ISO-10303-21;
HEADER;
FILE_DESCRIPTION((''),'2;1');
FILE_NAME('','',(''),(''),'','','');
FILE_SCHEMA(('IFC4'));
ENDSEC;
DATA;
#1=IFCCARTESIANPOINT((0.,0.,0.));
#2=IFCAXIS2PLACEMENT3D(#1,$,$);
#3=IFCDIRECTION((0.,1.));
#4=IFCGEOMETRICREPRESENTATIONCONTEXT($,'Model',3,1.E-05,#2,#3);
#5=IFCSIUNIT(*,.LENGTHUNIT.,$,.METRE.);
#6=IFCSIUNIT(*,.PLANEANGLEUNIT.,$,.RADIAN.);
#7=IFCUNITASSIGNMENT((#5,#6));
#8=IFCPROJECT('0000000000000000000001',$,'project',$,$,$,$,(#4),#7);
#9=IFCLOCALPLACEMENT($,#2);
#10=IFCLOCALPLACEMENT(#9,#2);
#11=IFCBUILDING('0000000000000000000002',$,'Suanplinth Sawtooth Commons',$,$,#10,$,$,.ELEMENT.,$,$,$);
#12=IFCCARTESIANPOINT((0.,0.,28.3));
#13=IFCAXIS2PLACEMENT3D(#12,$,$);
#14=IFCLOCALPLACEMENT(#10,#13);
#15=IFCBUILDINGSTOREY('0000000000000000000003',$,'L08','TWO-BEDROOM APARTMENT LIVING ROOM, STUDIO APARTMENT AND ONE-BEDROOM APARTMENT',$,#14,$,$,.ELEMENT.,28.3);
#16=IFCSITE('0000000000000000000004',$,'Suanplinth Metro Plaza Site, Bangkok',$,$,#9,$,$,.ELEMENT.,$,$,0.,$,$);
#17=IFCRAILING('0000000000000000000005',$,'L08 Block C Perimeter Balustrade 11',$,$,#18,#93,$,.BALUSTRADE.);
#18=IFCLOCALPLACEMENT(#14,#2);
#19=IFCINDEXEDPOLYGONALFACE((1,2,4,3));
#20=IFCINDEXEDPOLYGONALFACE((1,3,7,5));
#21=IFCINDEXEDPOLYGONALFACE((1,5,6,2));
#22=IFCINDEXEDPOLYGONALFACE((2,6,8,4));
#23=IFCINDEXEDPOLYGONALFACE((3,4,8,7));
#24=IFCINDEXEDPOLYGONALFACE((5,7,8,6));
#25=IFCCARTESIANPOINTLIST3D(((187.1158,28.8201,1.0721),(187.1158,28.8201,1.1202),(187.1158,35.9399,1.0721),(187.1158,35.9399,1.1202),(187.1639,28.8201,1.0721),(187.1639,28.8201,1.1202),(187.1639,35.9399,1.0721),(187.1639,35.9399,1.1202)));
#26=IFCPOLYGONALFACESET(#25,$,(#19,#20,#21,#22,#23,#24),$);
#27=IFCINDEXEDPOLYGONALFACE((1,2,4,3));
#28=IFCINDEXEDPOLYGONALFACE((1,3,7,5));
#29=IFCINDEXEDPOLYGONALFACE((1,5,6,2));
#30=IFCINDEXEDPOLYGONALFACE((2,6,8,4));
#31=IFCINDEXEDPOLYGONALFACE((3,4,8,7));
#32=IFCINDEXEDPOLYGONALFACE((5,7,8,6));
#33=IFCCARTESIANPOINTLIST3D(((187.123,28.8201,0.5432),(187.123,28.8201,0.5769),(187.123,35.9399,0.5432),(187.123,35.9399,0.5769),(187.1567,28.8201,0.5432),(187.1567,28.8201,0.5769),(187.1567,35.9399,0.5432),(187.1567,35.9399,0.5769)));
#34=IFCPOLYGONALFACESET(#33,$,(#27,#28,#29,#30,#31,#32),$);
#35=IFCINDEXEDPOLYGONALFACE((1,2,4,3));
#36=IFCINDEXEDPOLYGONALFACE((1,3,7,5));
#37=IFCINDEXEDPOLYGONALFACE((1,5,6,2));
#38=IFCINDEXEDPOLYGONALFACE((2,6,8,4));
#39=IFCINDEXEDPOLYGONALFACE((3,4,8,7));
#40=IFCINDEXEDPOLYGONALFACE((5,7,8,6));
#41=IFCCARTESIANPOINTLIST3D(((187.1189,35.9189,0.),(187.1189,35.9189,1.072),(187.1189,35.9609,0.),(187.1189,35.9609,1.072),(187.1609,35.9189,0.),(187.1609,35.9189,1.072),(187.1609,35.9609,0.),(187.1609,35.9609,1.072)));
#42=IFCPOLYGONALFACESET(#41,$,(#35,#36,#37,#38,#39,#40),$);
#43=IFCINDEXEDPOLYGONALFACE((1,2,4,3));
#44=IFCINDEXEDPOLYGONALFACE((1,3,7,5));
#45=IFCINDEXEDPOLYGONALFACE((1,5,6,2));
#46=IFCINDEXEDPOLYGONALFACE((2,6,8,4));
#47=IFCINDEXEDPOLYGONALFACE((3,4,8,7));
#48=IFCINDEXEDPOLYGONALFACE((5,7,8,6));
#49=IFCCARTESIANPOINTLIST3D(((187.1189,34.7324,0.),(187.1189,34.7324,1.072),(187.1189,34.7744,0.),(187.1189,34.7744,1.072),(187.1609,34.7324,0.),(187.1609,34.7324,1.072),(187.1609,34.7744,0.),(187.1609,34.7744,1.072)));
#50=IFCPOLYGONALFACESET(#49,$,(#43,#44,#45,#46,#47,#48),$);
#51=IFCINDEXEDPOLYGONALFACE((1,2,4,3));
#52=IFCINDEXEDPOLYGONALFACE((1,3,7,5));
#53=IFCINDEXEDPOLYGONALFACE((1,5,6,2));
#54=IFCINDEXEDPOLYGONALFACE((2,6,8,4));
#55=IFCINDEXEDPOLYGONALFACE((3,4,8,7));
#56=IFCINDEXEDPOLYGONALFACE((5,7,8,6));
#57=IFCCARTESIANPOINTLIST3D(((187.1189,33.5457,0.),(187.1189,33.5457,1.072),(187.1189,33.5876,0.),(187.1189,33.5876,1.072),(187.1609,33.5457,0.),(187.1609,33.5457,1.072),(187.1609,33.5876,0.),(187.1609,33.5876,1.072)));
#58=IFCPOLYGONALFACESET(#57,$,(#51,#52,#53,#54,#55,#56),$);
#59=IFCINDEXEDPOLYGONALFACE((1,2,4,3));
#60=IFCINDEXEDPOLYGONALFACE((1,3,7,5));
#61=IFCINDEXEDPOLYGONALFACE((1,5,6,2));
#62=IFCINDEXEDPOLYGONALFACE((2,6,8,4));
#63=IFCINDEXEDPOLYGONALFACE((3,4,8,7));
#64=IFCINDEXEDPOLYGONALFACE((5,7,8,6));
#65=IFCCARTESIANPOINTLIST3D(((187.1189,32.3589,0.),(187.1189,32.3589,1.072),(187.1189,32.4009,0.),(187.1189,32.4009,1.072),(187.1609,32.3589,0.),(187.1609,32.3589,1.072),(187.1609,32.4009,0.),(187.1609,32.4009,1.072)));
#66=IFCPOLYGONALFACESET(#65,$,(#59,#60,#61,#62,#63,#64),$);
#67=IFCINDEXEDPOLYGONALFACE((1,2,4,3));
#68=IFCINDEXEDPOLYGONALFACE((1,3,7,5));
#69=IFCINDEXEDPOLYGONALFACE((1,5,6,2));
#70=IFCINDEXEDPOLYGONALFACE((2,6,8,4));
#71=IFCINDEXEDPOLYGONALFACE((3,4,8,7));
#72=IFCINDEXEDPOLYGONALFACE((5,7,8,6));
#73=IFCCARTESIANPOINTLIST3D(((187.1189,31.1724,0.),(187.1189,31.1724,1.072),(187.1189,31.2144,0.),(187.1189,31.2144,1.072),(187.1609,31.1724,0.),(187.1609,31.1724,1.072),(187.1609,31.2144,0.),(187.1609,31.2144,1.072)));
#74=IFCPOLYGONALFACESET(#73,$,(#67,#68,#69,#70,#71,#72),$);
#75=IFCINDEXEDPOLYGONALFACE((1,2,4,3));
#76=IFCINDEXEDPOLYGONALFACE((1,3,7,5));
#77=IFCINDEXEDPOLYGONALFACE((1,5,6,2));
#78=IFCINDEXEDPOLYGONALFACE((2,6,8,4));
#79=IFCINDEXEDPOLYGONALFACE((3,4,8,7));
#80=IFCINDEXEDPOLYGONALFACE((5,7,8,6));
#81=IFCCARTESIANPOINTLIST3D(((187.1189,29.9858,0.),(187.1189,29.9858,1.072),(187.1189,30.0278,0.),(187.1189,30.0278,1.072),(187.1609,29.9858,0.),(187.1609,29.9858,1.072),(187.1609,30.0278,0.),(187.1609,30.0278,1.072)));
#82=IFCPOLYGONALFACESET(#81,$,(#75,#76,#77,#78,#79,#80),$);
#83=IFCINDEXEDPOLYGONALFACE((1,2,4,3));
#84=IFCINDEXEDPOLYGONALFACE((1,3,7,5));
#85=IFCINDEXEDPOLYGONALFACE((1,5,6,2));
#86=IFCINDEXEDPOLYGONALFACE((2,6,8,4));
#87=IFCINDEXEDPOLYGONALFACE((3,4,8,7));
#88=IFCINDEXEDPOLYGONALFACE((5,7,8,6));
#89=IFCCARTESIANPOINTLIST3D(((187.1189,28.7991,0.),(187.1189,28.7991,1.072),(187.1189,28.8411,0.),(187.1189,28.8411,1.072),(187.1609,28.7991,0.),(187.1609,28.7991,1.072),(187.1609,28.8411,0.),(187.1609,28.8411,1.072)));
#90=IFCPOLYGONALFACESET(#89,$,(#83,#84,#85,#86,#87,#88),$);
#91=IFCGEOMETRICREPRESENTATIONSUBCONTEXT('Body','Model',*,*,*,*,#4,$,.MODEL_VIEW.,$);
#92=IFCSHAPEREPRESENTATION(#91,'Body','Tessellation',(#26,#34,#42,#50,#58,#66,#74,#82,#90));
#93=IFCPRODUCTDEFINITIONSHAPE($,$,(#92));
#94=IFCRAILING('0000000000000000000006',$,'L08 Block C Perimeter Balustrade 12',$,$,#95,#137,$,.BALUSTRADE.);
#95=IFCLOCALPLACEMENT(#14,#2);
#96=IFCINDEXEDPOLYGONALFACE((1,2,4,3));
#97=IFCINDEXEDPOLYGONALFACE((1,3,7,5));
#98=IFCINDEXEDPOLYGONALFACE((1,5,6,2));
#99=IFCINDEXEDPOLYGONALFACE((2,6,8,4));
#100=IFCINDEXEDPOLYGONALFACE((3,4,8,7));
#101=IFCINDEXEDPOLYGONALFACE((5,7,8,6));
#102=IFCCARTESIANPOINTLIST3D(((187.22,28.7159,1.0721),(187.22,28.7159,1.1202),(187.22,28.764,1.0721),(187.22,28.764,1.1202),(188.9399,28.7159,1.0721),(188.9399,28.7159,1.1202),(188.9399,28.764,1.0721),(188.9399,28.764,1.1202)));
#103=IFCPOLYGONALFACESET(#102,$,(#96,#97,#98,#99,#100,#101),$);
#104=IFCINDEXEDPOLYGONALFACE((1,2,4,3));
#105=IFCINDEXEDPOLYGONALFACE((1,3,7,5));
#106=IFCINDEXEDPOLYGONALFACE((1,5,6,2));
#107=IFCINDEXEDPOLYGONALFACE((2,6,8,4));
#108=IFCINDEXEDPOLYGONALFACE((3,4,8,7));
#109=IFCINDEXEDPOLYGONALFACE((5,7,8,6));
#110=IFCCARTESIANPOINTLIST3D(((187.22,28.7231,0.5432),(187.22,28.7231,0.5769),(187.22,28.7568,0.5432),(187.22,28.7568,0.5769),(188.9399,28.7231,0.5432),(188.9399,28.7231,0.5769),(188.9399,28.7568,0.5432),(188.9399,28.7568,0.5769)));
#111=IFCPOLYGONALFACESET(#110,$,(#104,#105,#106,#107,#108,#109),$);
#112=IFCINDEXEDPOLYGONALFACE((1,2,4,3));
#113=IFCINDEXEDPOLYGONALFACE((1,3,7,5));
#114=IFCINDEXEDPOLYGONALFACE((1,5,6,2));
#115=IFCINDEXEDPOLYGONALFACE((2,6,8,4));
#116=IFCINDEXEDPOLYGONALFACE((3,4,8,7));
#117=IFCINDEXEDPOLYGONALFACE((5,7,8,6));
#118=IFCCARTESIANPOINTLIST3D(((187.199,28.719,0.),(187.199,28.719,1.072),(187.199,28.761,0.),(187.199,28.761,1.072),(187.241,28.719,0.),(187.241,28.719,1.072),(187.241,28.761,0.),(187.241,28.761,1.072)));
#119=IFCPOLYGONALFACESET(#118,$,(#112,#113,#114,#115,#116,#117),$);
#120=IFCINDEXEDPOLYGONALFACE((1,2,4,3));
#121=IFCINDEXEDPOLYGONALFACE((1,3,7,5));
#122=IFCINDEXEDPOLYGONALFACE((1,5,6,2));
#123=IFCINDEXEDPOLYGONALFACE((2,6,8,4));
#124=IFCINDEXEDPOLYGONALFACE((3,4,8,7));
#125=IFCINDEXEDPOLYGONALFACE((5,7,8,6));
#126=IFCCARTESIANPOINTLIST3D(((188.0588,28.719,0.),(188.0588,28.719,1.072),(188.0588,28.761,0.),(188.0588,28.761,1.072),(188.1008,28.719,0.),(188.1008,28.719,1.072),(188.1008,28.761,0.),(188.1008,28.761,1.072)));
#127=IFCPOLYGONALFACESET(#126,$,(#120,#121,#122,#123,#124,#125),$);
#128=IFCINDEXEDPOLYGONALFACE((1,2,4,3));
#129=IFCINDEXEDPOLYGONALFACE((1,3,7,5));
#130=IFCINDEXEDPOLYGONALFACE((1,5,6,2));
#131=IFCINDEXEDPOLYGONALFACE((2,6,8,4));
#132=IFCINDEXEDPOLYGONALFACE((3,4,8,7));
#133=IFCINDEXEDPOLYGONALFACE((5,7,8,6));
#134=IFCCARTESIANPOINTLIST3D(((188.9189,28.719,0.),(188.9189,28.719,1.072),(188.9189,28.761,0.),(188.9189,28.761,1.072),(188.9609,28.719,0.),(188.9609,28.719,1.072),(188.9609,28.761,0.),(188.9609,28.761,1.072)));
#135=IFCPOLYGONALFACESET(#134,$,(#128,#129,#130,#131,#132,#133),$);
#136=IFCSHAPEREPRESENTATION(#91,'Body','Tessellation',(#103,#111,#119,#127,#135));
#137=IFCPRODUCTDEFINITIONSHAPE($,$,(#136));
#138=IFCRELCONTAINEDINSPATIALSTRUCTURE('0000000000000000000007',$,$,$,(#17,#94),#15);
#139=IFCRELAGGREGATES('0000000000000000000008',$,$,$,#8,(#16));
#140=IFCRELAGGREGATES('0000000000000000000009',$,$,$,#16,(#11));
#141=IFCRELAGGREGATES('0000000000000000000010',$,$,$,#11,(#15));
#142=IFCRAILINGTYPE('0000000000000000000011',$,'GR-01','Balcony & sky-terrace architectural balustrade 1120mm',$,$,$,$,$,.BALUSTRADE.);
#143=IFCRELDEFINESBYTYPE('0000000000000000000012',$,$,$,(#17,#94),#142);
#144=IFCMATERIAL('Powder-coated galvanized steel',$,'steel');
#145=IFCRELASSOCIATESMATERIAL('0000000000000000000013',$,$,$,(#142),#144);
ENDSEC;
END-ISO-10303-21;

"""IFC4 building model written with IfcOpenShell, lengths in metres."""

from ifc_helpers import new_model, si_unit, direction, frame, origin, origin_2d, place, context, subcontext, project, spatial, rectangle, extrude, material, type_object, element, save


model = new_model("IFC4")

# Units and contexts
model_context = context("Model", 3, precision=1e-05, world=origin(), true_north=direction((0.0, 1.0)))
body_context = subcontext(model_context, "Body", "Model", "MODEL_VIEW")
ifc_project = project(units=[si_unit("LENGTHUNIT", "METRE"), si_unit("PLANEANGLEUNIT", "RADIAN")], contexts=[model_context])

# Site, building, storey
site_placement = place(None, origin())
site = spatial("IfcSite", under=ifc_project, at=site_placement, Name="Suanplinth Metro Plaza Site, Bangkok", CompositionType="ELEMENT", RefElevation=0.0)
building_placement = place(site_placement, origin())
building = spatial("IfcBuilding", under=site, at=building_placement, Name="Suanplinth Sawtooth Commons", CompositionType="ELEMENT")
storey_placement = place(building_placement, frame((0.0, 0.0, 28.3)))
storey = spatial("IfcBuildingStorey", under=building, at=storey_placement, Name="L08", Description="TWO-BEDROOM APARTMENT LIVING ROOM, STUDIO APARTMENT AND ONE-BEDROOM APARTMENT", CompositionType="ELEMENT", Elevation=28.3)

# Railings
ifc_material_1 = material(Name="Powder-coated galvanized steel", Category="steel")
railing_type = type_object("IfcRailingType", Name="GR-01", Description="Balcony & sky-terrace architectural balustrade 1120mm", PredefinedType="BALUSTRADE", material=ifc_material_1)
railing_1_placement = place(storey_placement, frame((187.1399, 35.9399, 0.0)))
element("IfcRailing", 1, at=railing_1_placement, inside=storey, type_object=railing_type, Name="L08 Block C Perimeter Balustrade 11", PredefinedType="BALUSTRADE", context=body_context, shape_type="SweptSolid", body=[
    extrude(rectangle(XDim=0.0481, YDim=0.0481, at=origin_2d()), frame((0.0, 0.0, 1.0962), z_axis=(0.0, -1.0, 0.0), x_axis=(1.0, 0.0, 0.0)), (0.0, 0.0, 1.0), 7.1199),
    extrude(rectangle(XDim=0.0337, YDim=0.0337, at=origin_2d()), frame((0.0, 0.0, 0.5601), z_axis=(0.0, -1.0, 0.0), x_axis=(1.0, 0.0, 0.0)), (0.0, 0.0, 1.0), 7.1199),
    extrude(rectangle(XDim=0.042, YDim=0.042, at=origin_2d()), origin(), (0.0, 0.0, 1.0), 1.072),
    extrude(rectangle(XDim=0.042, YDim=0.042, at=origin_2d()), frame((0.0, -1.1865, 0.0)), (0.0, 0.0, 1.0), 1.072),
    extrude(rectangle(XDim=0.042, YDim=0.042, at=origin_2d()), frame((0.0, -2.3733, 0.0)), (0.0, 0.0, 1.0), 1.072),
    extrude(rectangle(XDim=0.042, YDim=0.042, at=origin_2d()), frame((0.0, -3.5601, 0.0)), (0.0, 0.0, 1.0), 1.072),
    extrude(rectangle(XDim=0.042, YDim=0.042, at=origin_2d()), frame((0.0, -4.7466, 0.0)), (0.0, 0.0, 1.0), 1.072),
    extrude(rectangle(XDim=0.042, YDim=0.042, at=origin_2d()), frame((0.0, -5.9331, 0.0)), (0.0, 0.0, 1.0), 1.072),
    extrude(rectangle(XDim=0.042, YDim=0.042, at=origin_2d()), frame((0.0, -7.1199, 0.0)), (0.0, 0.0, 1.0), 1.072),
])
railing_2_placement = place(storey_placement, frame((187.22, 28.74, 0.0)))
element("IfcRailing", 2, at=railing_2_placement, inside=storey, type_object=railing_type, Name="L08 Block C Perimeter Balustrade 12", PredefinedType="BALUSTRADE", context=body_context, shape_type="SweptSolid", body=[
    extrude(rectangle(XDim=0.0481, YDim=0.0481, at=origin_2d()), frame((0.0, 0.0, 1.0962), z_axis=(1.0, 0.0, 0.0), x_axis=(0.0, 1.0, 0.0)), (0.0, 0.0, 1.0), 1.72),
    extrude(rectangle(XDim=0.0337, YDim=0.0337, at=origin_2d()), frame((0.0, 0.0, 0.5601), z_axis=(1.0, 0.0, 0.0), x_axis=(0.0, 1.0, 0.0)), (0.0, 0.0, 1.0), 1.72),
    extrude(rectangle(XDim=0.042, YDim=0.042, at=origin_2d()), origin(), (0.0, 0.0, 1.0), 1.072),
    extrude(rectangle(XDim=0.042, YDim=0.042, at=origin_2d()), frame((0.8599, 0.0, 0.0)), (0.0, 0.0, 1.0), 1.072),
    extrude(rectangle(XDim=0.042, YDim=0.042, at=origin_2d()), frame((1.72, 0.0, 0.0)), (0.0, 0.0, 1.0), 1.072),
])

save(model, "model.ifc")
